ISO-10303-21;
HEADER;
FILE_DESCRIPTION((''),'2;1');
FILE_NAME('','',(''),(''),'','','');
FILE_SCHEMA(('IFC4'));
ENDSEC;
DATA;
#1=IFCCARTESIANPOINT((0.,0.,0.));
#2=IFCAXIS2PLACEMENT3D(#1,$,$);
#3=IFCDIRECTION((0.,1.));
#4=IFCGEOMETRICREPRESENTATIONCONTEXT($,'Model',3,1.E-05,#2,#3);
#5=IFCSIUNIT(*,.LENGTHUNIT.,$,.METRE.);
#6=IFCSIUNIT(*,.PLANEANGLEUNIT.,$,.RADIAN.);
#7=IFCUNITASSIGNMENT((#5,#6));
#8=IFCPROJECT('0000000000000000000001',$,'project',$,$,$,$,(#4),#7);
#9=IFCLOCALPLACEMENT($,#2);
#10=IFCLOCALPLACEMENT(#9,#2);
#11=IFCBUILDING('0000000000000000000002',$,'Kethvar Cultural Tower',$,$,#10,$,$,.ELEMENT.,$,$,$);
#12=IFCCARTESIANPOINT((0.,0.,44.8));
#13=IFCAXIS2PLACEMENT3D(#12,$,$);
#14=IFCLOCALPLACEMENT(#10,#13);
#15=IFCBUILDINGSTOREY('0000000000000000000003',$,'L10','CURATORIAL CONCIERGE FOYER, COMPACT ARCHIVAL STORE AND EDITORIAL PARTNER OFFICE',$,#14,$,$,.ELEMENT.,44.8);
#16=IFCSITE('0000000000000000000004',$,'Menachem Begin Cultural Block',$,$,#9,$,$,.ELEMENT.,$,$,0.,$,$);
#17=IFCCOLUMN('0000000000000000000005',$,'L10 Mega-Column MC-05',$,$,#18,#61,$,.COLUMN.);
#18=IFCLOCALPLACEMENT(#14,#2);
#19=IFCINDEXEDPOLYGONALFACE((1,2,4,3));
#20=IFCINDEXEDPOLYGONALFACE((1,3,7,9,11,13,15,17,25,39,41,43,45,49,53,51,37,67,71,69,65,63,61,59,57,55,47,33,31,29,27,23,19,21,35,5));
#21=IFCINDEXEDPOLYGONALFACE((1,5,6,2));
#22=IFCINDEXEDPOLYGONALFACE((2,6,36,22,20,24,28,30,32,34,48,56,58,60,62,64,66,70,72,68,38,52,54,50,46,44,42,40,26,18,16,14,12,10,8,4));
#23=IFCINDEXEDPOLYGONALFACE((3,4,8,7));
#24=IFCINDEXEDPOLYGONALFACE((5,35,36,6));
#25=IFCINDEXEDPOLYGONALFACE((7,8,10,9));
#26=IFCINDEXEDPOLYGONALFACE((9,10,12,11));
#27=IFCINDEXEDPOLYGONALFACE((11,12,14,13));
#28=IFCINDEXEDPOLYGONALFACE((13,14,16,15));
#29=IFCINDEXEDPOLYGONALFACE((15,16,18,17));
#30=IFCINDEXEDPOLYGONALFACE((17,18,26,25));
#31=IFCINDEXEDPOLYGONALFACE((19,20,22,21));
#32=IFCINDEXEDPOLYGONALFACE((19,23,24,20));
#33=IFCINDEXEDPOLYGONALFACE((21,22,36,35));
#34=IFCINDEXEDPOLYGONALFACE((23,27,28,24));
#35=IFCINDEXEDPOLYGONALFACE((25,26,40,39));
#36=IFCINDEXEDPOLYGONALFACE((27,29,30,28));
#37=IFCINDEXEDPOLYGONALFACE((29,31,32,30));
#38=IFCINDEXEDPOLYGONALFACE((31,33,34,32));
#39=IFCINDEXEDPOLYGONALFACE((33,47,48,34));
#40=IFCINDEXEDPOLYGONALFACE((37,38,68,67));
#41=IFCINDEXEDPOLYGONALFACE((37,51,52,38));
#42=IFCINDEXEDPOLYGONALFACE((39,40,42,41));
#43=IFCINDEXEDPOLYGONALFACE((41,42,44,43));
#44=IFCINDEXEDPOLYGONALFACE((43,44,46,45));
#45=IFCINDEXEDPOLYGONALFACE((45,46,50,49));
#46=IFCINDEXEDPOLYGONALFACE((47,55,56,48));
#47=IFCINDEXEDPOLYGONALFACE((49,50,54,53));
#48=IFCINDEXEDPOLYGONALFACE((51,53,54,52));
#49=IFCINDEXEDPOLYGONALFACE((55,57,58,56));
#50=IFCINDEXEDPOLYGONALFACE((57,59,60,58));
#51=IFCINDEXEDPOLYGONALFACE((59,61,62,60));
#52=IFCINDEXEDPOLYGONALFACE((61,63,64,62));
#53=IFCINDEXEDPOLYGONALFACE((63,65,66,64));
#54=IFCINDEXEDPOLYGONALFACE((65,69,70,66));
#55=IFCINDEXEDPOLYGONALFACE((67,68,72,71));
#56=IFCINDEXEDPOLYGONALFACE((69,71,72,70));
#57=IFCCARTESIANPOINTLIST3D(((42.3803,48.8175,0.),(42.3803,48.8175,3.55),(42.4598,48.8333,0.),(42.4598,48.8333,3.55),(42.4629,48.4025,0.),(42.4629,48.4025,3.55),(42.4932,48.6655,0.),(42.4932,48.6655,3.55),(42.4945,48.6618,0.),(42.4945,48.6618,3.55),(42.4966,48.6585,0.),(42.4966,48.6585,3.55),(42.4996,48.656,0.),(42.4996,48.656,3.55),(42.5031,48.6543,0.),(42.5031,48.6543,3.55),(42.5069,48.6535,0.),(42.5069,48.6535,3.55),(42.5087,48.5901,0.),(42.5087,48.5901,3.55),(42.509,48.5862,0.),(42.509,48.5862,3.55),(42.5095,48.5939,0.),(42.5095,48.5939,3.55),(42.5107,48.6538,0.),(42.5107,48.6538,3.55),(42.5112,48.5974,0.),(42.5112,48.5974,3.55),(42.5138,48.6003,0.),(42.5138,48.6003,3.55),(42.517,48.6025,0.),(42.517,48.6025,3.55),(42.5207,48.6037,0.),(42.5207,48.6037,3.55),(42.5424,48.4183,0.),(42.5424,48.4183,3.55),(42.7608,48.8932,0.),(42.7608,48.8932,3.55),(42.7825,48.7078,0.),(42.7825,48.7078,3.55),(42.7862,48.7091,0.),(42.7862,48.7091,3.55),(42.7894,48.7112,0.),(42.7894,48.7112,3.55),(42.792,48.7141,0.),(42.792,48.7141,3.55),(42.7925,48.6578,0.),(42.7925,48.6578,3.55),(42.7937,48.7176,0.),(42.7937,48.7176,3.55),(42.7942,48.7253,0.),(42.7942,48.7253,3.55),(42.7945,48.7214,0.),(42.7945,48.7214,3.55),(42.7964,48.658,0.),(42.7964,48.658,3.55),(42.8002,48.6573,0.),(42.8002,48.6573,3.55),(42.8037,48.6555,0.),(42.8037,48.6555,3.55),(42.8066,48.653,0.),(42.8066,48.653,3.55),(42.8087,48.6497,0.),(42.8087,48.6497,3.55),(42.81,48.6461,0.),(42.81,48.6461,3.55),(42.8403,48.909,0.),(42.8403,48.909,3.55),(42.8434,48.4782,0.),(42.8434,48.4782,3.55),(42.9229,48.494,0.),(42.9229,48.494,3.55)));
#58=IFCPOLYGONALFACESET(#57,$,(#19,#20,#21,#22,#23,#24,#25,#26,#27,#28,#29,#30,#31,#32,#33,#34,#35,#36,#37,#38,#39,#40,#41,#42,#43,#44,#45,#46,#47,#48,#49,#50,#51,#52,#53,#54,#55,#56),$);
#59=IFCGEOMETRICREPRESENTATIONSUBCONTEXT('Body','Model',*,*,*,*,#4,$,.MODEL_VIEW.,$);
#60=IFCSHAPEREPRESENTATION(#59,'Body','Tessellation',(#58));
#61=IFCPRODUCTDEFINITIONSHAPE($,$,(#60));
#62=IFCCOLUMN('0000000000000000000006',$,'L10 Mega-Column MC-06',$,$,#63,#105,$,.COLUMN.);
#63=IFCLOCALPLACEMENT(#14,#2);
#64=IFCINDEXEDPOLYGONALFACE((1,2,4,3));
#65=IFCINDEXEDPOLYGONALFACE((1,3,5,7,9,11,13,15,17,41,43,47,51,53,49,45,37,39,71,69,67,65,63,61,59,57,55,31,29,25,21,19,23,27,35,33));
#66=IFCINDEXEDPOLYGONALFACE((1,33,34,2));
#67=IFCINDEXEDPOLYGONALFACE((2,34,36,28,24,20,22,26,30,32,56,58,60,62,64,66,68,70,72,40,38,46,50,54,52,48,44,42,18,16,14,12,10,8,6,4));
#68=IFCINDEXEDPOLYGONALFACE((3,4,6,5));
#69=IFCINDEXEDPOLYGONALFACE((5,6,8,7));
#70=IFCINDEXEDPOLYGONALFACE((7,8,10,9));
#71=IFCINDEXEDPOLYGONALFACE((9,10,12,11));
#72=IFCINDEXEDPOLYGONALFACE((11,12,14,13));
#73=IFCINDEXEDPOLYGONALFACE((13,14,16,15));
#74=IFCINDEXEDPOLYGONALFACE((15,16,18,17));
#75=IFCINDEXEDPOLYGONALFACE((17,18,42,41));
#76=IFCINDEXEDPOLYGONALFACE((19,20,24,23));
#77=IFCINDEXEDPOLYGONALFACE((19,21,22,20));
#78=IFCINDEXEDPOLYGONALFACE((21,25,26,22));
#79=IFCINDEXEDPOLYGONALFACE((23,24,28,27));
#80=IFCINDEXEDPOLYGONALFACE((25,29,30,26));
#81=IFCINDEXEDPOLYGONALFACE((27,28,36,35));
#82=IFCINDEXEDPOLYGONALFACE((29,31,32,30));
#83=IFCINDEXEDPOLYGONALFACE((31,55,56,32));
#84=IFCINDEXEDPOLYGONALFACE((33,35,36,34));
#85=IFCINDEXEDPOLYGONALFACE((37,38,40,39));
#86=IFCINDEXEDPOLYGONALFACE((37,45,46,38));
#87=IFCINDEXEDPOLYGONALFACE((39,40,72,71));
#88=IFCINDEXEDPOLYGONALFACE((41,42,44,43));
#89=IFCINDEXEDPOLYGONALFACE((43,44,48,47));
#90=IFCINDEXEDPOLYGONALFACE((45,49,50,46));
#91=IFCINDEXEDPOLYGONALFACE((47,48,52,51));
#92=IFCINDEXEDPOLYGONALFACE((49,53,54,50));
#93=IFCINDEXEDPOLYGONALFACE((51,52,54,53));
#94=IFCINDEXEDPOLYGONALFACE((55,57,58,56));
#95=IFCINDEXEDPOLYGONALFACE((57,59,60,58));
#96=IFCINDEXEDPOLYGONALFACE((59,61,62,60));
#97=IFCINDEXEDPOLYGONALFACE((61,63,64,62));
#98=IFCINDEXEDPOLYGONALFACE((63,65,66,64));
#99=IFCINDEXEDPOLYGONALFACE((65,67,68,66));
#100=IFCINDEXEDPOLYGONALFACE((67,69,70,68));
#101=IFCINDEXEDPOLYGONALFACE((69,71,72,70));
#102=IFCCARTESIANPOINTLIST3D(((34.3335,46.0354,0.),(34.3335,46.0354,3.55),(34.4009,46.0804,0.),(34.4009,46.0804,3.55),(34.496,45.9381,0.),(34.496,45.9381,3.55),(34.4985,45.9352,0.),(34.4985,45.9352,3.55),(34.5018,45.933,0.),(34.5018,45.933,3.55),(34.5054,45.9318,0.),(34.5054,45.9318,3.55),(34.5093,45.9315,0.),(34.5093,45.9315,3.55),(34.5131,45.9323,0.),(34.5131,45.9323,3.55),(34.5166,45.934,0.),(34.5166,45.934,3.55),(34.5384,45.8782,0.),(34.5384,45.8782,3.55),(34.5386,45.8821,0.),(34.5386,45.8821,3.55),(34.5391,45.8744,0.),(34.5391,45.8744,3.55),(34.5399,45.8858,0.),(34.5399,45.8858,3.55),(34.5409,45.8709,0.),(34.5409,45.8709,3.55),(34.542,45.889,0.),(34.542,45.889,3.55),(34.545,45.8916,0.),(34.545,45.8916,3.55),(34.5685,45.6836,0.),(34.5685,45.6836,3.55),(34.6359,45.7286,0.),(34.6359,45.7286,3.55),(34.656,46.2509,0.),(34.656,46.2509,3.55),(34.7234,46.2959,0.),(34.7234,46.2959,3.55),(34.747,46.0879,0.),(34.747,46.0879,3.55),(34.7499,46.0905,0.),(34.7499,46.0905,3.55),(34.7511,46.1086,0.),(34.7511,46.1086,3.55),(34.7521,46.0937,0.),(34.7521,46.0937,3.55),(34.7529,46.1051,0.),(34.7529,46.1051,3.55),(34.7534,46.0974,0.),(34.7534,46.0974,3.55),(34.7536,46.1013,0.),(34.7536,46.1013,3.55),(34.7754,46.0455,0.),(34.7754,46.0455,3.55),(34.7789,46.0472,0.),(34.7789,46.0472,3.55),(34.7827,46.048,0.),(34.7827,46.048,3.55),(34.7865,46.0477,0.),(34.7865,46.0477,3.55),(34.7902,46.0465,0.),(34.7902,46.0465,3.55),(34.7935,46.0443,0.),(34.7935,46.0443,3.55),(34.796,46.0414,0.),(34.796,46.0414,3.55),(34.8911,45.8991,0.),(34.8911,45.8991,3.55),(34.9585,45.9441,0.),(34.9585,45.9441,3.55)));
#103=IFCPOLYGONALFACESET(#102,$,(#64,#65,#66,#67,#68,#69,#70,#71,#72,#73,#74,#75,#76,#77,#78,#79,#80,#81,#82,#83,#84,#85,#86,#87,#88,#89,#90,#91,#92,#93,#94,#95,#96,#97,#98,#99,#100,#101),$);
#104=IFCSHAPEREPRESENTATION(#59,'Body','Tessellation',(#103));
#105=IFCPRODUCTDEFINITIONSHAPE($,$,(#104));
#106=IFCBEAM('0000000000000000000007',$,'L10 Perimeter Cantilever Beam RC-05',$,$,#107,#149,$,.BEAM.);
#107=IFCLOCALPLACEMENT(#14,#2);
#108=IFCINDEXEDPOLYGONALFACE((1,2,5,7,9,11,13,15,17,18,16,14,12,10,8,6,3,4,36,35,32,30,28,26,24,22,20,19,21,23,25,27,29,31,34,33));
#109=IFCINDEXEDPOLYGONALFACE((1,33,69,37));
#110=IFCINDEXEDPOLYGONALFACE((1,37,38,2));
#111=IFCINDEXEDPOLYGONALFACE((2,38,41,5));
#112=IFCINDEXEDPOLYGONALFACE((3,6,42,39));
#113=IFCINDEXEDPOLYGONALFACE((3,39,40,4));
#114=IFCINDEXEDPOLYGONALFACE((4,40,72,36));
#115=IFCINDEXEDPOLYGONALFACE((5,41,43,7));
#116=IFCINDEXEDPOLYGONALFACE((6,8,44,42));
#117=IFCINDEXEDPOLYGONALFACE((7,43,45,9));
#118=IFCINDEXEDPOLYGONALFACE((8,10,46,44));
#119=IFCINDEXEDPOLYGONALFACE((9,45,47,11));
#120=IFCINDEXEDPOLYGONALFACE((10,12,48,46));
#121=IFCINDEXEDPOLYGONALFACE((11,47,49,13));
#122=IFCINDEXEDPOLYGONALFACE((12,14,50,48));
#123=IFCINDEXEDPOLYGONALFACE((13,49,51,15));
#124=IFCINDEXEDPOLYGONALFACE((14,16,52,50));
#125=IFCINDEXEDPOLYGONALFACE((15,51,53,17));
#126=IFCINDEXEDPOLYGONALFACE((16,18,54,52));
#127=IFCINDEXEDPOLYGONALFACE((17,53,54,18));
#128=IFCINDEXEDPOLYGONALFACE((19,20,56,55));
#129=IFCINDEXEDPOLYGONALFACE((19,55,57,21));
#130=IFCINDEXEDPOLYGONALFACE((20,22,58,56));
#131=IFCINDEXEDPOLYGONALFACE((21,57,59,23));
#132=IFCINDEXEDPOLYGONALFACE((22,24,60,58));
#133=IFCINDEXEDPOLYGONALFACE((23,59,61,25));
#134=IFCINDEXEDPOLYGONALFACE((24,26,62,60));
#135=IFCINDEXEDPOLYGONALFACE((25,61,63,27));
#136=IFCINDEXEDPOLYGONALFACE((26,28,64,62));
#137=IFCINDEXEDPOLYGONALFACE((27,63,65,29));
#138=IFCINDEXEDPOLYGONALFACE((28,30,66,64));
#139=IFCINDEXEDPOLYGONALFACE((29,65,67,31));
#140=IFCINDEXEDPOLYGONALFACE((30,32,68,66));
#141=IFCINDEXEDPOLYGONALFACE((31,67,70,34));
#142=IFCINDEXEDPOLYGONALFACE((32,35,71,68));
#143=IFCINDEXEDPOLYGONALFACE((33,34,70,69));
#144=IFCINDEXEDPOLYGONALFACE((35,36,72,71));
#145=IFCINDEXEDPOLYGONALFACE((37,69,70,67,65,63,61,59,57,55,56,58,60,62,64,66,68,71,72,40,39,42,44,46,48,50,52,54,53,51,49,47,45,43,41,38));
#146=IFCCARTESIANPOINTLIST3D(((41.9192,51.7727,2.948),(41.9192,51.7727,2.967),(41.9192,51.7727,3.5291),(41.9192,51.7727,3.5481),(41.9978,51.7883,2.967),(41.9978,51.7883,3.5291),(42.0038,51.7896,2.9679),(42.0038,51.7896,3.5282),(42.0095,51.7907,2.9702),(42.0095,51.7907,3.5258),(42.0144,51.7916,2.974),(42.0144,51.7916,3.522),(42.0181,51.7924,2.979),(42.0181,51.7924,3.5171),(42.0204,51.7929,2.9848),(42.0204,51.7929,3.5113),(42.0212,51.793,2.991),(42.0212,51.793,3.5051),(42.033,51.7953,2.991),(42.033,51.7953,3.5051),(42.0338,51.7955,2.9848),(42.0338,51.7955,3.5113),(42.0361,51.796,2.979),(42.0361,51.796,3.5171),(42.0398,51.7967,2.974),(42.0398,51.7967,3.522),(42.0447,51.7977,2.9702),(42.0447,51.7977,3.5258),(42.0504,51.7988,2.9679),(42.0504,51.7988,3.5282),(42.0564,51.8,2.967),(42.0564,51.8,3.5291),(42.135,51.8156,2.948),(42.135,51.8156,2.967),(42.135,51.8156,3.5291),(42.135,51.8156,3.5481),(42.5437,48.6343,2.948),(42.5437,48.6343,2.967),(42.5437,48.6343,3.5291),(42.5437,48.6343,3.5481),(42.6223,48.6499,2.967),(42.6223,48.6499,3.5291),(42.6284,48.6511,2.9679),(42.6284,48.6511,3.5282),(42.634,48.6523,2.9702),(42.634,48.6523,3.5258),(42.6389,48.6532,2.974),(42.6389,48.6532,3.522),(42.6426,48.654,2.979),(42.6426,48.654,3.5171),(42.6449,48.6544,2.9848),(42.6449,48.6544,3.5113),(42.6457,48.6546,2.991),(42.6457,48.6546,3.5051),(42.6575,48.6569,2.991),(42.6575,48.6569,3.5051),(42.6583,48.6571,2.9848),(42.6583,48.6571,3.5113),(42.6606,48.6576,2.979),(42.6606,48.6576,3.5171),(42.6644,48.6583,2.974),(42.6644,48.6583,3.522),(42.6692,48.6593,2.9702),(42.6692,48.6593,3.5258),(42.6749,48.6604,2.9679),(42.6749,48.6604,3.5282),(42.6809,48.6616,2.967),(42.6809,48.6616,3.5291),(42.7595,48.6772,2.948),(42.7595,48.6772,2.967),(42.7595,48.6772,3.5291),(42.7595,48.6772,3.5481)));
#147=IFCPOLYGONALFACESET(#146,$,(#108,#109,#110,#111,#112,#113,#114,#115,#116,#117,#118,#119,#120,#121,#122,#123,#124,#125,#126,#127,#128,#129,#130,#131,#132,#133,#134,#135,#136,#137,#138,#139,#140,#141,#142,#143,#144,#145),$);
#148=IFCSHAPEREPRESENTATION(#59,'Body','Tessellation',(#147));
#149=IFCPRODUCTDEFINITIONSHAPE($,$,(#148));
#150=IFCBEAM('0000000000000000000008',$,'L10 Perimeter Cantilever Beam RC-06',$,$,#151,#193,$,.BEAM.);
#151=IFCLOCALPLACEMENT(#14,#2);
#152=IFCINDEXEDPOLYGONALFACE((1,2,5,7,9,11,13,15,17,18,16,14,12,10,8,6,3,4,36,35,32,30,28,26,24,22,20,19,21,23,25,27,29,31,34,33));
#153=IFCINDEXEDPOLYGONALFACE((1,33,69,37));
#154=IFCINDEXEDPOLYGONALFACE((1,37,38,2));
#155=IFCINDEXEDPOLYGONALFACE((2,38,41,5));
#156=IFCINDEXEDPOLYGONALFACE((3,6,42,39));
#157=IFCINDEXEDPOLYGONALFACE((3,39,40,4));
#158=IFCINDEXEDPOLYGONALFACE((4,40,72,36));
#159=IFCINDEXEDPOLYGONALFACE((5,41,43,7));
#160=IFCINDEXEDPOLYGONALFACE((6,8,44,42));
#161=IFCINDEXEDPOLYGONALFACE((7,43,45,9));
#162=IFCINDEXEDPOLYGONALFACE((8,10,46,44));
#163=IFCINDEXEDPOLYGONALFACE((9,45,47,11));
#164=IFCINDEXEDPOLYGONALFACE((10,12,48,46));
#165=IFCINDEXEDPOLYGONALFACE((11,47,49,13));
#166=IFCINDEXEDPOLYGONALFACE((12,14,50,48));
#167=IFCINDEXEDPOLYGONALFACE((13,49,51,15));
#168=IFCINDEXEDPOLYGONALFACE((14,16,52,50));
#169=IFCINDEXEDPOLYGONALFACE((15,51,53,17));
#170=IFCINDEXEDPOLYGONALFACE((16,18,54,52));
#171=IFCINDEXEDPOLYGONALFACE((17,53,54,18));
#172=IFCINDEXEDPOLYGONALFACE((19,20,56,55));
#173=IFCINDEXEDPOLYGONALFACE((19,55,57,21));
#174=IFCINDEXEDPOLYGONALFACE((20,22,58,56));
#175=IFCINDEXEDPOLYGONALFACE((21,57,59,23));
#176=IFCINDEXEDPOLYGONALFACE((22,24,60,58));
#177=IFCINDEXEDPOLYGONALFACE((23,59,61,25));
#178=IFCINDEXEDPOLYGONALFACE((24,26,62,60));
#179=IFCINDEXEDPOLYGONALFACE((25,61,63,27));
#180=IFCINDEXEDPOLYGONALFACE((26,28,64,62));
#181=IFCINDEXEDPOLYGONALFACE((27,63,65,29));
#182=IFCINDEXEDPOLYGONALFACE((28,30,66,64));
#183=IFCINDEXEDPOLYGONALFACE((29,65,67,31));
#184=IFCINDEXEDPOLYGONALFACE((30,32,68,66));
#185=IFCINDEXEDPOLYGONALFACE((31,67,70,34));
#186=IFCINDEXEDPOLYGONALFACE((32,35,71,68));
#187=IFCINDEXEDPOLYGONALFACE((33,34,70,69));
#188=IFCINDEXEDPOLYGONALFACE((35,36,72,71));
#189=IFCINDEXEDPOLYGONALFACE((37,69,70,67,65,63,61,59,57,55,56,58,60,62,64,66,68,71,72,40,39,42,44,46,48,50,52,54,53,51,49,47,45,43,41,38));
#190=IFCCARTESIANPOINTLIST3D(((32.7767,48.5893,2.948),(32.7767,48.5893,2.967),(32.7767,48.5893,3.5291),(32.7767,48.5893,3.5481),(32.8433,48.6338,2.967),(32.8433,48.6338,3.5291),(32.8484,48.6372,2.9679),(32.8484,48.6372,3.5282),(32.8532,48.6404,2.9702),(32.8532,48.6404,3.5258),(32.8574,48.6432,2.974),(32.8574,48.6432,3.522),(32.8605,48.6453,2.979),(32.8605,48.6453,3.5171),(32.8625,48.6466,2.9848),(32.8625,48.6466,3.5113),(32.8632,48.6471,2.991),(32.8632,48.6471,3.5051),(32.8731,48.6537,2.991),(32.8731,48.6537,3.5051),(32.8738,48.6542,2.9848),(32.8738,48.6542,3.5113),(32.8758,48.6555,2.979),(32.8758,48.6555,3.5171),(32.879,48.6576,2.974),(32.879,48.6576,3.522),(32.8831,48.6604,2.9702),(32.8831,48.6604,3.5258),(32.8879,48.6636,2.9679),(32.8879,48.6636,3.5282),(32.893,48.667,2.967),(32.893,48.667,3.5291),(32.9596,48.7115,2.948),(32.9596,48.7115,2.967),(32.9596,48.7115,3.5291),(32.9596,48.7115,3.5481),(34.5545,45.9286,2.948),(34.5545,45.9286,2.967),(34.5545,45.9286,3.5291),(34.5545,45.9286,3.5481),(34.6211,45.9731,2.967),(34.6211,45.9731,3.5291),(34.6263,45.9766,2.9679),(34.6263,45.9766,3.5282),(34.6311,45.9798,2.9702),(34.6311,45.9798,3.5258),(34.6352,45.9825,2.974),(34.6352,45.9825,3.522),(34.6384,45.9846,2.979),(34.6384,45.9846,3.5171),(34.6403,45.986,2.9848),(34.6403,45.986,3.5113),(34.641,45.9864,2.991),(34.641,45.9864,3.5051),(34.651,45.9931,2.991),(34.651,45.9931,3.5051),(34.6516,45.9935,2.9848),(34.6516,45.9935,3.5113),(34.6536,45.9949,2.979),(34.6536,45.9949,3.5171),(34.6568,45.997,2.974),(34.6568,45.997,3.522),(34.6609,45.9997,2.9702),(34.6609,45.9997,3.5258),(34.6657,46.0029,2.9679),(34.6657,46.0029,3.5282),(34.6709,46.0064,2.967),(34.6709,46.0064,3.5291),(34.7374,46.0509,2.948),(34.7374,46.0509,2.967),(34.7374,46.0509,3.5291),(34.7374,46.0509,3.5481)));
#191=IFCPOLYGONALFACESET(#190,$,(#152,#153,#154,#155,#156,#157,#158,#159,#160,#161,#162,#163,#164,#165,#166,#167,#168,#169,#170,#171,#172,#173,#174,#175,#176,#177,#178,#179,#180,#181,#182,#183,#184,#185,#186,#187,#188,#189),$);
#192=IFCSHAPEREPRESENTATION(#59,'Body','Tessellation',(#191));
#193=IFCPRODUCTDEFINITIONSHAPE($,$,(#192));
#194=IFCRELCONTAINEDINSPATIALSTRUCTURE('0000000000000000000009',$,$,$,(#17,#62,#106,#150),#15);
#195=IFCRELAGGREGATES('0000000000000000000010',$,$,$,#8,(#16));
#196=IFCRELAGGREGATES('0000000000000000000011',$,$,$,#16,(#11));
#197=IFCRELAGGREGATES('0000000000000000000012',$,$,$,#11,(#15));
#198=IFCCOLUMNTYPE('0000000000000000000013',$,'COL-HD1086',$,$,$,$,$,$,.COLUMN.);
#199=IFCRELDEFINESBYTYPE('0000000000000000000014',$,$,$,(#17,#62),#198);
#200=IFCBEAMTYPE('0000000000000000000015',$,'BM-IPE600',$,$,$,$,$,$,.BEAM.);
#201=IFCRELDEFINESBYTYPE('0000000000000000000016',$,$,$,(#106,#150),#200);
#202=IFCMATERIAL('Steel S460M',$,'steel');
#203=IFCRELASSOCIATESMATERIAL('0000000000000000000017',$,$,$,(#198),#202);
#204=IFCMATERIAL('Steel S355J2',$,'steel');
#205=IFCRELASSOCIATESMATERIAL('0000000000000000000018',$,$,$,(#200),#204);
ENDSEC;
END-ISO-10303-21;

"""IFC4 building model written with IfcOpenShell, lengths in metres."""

from ifc_helpers import new_model, si_unit, direction, frame, origin, origin_2d, place, context, subcontext, project, spatial, i_section, extrude, source, transform, mapped, material, material_profile, profile_set, type_object, element, save


model = new_model("IFC4")

# Units and contexts
model_context = context("Model", 3, precision=1e-05, world=origin(), true_north=direction((0.0, 1.0)))
body_context = subcontext(model_context, "Body", "Model", "MODEL_VIEW")
ifc_project = project(units=[si_unit("LENGTHUNIT", "METRE"), si_unit("PLANEANGLEUNIT", "RADIAN")], contexts=[model_context])

# Site, building, storey
site_placement = place(None, origin())
site = spatial("IfcSite", under=ifc_project, at=site_placement, Name="Menachem Begin Cultural Block", CompositionType="ELEMENT", RefElevation=0.0)
building_placement = place(site_placement, origin())
building = spatial("IfcBuilding", under=site, at=building_placement, Name="Kethvar Cultural Tower", CompositionType="ELEMENT")
storey_placement = place(building_placement, frame((0.0, 0.0, 44.8)))
storey = spatial("IfcBuildingStorey", under=building, at=storey_placement, Name="L10", Description="CURATORIAL CONCIERGE FOYER, COMPACT ARCHIVAL STORE AND EDITORIAL PARTNER OFFICE", CompositionType="ELEMENT", Elevation=44.8)

# Columns
ifc_material_1 = material(Name="Steel S460M", Category="steel")
ifc_material_profile_1 = material_profile(ifc_material_1, i_section(OverallWidth=0.4231, OverallDepth=0.469, WebThickness=0.051, FlangeThickness=0.0811, FilletRadius=0.0149, at=origin_2d()), Name="Steel S460M — HD400x1086")
ifc_profile_set_1 = profile_set([ifc_material_profile_1], Name="Steel S460M — HD400x1086")
column_type = type_object("IfcColumnType", Name="COL-HD1086", PredefinedType="COLUMN", material=ifc_profile_set_1)
shared_shape_1 = source(origin(), body_context, "Body", "SweptSolid", [
    extrude(i_section(OverallWidth=0.4231, OverallDepth=0.469, WebThickness=0.051, FlangeThickness=0.0811, FilletRadius=0.0149, at=origin_2d()), origin(), (0.0, 0.0, 1.0), 3.55),
])
for number, where, z_axis, x_axis, name in (
    (1, (42.6516, 48.6558, 0.0), (0.0, 0.0, 1.0), (-0.19509, 0.980785, 0.0), "L10 Mega-Column MC-05"),
    (2, (34.646, 45.9897, 0.0), (0.0, 0.0, 1.0), (-0.55557, 0.83147, 0.0), "L10 Mega-Column MC-06"),
):
    element("IfcColumn", number, at=place(storey_placement, frame(where, z_axis=z_axis, x_axis=x_axis)), inside=storey, type_object=column_type, Name=name, PredefinedType="COLUMN", context=body_context, shape_type="MappedRepresentation", body=[
        mapped(shared_shape_1, transform((0.0, 0.0, 0.0), scale=1.0)),
    ])

# Beams
ifc_material_2 = material(Name="Steel S355J2", Category="steel")
ifc_material_profile_2 = material_profile(ifc_material_2, i_section(OverallWidth=0.22, OverallDepth=0.6001, WebThickness=0.012, FlangeThickness=0.019, FilletRadius=0.0239, at=origin_2d()), Name="Steel S355J2 — IPE600")
ifc_profile_set_2 = profile_set([ifc_material_profile_2], Name="Steel S355J2 — IPE600")
beam_type_1 = type_object("IfcBeamType", Name="BM-IPE600", PredefinedType="BEAM", material=ifc_profile_set_2)
shared_shape_2 = source(origin(), body_context, "Body", "SweptSolid", [
    extrude(i_section(OverallWidth=0.22, OverallDepth=0.6001, WebThickness=0.012, FlangeThickness=0.019, FilletRadius=0.0239, at=origin_2d()), origin(), (0.0, 0.0, 1.0), 3.2),
])
for number, where, z_axis, x_axis, name in (
    (3, (42.6516, 48.6558, 3.248), (-0.195162, 0.980771, 0.0), (-0.980771, -0.195162, 0.0), "L10 Perimeter Cantilever Beam RC-05"),
    (4, (34.646, 45.9897, 3.248), (-0.55558, 0.831463, 0.0), (-0.831463, -0.55558, 0.0), "L10 Perimeter Cantilever Beam RC-06"),
):
    element("IfcBeam", number, at=place(storey_placement, frame(where, z_axis=z_axis, x_axis=x_axis)), inside=storey, type_object=beam_type_1, Name=name, PredefinedType="BEAM", context=body_context, shape_type="MappedRepresentation", body=[
        mapped(shared_shape_2, transform((0.0, 0.0, 0.0), scale=1.0)),
    ])

save(model, "model.ifc")
